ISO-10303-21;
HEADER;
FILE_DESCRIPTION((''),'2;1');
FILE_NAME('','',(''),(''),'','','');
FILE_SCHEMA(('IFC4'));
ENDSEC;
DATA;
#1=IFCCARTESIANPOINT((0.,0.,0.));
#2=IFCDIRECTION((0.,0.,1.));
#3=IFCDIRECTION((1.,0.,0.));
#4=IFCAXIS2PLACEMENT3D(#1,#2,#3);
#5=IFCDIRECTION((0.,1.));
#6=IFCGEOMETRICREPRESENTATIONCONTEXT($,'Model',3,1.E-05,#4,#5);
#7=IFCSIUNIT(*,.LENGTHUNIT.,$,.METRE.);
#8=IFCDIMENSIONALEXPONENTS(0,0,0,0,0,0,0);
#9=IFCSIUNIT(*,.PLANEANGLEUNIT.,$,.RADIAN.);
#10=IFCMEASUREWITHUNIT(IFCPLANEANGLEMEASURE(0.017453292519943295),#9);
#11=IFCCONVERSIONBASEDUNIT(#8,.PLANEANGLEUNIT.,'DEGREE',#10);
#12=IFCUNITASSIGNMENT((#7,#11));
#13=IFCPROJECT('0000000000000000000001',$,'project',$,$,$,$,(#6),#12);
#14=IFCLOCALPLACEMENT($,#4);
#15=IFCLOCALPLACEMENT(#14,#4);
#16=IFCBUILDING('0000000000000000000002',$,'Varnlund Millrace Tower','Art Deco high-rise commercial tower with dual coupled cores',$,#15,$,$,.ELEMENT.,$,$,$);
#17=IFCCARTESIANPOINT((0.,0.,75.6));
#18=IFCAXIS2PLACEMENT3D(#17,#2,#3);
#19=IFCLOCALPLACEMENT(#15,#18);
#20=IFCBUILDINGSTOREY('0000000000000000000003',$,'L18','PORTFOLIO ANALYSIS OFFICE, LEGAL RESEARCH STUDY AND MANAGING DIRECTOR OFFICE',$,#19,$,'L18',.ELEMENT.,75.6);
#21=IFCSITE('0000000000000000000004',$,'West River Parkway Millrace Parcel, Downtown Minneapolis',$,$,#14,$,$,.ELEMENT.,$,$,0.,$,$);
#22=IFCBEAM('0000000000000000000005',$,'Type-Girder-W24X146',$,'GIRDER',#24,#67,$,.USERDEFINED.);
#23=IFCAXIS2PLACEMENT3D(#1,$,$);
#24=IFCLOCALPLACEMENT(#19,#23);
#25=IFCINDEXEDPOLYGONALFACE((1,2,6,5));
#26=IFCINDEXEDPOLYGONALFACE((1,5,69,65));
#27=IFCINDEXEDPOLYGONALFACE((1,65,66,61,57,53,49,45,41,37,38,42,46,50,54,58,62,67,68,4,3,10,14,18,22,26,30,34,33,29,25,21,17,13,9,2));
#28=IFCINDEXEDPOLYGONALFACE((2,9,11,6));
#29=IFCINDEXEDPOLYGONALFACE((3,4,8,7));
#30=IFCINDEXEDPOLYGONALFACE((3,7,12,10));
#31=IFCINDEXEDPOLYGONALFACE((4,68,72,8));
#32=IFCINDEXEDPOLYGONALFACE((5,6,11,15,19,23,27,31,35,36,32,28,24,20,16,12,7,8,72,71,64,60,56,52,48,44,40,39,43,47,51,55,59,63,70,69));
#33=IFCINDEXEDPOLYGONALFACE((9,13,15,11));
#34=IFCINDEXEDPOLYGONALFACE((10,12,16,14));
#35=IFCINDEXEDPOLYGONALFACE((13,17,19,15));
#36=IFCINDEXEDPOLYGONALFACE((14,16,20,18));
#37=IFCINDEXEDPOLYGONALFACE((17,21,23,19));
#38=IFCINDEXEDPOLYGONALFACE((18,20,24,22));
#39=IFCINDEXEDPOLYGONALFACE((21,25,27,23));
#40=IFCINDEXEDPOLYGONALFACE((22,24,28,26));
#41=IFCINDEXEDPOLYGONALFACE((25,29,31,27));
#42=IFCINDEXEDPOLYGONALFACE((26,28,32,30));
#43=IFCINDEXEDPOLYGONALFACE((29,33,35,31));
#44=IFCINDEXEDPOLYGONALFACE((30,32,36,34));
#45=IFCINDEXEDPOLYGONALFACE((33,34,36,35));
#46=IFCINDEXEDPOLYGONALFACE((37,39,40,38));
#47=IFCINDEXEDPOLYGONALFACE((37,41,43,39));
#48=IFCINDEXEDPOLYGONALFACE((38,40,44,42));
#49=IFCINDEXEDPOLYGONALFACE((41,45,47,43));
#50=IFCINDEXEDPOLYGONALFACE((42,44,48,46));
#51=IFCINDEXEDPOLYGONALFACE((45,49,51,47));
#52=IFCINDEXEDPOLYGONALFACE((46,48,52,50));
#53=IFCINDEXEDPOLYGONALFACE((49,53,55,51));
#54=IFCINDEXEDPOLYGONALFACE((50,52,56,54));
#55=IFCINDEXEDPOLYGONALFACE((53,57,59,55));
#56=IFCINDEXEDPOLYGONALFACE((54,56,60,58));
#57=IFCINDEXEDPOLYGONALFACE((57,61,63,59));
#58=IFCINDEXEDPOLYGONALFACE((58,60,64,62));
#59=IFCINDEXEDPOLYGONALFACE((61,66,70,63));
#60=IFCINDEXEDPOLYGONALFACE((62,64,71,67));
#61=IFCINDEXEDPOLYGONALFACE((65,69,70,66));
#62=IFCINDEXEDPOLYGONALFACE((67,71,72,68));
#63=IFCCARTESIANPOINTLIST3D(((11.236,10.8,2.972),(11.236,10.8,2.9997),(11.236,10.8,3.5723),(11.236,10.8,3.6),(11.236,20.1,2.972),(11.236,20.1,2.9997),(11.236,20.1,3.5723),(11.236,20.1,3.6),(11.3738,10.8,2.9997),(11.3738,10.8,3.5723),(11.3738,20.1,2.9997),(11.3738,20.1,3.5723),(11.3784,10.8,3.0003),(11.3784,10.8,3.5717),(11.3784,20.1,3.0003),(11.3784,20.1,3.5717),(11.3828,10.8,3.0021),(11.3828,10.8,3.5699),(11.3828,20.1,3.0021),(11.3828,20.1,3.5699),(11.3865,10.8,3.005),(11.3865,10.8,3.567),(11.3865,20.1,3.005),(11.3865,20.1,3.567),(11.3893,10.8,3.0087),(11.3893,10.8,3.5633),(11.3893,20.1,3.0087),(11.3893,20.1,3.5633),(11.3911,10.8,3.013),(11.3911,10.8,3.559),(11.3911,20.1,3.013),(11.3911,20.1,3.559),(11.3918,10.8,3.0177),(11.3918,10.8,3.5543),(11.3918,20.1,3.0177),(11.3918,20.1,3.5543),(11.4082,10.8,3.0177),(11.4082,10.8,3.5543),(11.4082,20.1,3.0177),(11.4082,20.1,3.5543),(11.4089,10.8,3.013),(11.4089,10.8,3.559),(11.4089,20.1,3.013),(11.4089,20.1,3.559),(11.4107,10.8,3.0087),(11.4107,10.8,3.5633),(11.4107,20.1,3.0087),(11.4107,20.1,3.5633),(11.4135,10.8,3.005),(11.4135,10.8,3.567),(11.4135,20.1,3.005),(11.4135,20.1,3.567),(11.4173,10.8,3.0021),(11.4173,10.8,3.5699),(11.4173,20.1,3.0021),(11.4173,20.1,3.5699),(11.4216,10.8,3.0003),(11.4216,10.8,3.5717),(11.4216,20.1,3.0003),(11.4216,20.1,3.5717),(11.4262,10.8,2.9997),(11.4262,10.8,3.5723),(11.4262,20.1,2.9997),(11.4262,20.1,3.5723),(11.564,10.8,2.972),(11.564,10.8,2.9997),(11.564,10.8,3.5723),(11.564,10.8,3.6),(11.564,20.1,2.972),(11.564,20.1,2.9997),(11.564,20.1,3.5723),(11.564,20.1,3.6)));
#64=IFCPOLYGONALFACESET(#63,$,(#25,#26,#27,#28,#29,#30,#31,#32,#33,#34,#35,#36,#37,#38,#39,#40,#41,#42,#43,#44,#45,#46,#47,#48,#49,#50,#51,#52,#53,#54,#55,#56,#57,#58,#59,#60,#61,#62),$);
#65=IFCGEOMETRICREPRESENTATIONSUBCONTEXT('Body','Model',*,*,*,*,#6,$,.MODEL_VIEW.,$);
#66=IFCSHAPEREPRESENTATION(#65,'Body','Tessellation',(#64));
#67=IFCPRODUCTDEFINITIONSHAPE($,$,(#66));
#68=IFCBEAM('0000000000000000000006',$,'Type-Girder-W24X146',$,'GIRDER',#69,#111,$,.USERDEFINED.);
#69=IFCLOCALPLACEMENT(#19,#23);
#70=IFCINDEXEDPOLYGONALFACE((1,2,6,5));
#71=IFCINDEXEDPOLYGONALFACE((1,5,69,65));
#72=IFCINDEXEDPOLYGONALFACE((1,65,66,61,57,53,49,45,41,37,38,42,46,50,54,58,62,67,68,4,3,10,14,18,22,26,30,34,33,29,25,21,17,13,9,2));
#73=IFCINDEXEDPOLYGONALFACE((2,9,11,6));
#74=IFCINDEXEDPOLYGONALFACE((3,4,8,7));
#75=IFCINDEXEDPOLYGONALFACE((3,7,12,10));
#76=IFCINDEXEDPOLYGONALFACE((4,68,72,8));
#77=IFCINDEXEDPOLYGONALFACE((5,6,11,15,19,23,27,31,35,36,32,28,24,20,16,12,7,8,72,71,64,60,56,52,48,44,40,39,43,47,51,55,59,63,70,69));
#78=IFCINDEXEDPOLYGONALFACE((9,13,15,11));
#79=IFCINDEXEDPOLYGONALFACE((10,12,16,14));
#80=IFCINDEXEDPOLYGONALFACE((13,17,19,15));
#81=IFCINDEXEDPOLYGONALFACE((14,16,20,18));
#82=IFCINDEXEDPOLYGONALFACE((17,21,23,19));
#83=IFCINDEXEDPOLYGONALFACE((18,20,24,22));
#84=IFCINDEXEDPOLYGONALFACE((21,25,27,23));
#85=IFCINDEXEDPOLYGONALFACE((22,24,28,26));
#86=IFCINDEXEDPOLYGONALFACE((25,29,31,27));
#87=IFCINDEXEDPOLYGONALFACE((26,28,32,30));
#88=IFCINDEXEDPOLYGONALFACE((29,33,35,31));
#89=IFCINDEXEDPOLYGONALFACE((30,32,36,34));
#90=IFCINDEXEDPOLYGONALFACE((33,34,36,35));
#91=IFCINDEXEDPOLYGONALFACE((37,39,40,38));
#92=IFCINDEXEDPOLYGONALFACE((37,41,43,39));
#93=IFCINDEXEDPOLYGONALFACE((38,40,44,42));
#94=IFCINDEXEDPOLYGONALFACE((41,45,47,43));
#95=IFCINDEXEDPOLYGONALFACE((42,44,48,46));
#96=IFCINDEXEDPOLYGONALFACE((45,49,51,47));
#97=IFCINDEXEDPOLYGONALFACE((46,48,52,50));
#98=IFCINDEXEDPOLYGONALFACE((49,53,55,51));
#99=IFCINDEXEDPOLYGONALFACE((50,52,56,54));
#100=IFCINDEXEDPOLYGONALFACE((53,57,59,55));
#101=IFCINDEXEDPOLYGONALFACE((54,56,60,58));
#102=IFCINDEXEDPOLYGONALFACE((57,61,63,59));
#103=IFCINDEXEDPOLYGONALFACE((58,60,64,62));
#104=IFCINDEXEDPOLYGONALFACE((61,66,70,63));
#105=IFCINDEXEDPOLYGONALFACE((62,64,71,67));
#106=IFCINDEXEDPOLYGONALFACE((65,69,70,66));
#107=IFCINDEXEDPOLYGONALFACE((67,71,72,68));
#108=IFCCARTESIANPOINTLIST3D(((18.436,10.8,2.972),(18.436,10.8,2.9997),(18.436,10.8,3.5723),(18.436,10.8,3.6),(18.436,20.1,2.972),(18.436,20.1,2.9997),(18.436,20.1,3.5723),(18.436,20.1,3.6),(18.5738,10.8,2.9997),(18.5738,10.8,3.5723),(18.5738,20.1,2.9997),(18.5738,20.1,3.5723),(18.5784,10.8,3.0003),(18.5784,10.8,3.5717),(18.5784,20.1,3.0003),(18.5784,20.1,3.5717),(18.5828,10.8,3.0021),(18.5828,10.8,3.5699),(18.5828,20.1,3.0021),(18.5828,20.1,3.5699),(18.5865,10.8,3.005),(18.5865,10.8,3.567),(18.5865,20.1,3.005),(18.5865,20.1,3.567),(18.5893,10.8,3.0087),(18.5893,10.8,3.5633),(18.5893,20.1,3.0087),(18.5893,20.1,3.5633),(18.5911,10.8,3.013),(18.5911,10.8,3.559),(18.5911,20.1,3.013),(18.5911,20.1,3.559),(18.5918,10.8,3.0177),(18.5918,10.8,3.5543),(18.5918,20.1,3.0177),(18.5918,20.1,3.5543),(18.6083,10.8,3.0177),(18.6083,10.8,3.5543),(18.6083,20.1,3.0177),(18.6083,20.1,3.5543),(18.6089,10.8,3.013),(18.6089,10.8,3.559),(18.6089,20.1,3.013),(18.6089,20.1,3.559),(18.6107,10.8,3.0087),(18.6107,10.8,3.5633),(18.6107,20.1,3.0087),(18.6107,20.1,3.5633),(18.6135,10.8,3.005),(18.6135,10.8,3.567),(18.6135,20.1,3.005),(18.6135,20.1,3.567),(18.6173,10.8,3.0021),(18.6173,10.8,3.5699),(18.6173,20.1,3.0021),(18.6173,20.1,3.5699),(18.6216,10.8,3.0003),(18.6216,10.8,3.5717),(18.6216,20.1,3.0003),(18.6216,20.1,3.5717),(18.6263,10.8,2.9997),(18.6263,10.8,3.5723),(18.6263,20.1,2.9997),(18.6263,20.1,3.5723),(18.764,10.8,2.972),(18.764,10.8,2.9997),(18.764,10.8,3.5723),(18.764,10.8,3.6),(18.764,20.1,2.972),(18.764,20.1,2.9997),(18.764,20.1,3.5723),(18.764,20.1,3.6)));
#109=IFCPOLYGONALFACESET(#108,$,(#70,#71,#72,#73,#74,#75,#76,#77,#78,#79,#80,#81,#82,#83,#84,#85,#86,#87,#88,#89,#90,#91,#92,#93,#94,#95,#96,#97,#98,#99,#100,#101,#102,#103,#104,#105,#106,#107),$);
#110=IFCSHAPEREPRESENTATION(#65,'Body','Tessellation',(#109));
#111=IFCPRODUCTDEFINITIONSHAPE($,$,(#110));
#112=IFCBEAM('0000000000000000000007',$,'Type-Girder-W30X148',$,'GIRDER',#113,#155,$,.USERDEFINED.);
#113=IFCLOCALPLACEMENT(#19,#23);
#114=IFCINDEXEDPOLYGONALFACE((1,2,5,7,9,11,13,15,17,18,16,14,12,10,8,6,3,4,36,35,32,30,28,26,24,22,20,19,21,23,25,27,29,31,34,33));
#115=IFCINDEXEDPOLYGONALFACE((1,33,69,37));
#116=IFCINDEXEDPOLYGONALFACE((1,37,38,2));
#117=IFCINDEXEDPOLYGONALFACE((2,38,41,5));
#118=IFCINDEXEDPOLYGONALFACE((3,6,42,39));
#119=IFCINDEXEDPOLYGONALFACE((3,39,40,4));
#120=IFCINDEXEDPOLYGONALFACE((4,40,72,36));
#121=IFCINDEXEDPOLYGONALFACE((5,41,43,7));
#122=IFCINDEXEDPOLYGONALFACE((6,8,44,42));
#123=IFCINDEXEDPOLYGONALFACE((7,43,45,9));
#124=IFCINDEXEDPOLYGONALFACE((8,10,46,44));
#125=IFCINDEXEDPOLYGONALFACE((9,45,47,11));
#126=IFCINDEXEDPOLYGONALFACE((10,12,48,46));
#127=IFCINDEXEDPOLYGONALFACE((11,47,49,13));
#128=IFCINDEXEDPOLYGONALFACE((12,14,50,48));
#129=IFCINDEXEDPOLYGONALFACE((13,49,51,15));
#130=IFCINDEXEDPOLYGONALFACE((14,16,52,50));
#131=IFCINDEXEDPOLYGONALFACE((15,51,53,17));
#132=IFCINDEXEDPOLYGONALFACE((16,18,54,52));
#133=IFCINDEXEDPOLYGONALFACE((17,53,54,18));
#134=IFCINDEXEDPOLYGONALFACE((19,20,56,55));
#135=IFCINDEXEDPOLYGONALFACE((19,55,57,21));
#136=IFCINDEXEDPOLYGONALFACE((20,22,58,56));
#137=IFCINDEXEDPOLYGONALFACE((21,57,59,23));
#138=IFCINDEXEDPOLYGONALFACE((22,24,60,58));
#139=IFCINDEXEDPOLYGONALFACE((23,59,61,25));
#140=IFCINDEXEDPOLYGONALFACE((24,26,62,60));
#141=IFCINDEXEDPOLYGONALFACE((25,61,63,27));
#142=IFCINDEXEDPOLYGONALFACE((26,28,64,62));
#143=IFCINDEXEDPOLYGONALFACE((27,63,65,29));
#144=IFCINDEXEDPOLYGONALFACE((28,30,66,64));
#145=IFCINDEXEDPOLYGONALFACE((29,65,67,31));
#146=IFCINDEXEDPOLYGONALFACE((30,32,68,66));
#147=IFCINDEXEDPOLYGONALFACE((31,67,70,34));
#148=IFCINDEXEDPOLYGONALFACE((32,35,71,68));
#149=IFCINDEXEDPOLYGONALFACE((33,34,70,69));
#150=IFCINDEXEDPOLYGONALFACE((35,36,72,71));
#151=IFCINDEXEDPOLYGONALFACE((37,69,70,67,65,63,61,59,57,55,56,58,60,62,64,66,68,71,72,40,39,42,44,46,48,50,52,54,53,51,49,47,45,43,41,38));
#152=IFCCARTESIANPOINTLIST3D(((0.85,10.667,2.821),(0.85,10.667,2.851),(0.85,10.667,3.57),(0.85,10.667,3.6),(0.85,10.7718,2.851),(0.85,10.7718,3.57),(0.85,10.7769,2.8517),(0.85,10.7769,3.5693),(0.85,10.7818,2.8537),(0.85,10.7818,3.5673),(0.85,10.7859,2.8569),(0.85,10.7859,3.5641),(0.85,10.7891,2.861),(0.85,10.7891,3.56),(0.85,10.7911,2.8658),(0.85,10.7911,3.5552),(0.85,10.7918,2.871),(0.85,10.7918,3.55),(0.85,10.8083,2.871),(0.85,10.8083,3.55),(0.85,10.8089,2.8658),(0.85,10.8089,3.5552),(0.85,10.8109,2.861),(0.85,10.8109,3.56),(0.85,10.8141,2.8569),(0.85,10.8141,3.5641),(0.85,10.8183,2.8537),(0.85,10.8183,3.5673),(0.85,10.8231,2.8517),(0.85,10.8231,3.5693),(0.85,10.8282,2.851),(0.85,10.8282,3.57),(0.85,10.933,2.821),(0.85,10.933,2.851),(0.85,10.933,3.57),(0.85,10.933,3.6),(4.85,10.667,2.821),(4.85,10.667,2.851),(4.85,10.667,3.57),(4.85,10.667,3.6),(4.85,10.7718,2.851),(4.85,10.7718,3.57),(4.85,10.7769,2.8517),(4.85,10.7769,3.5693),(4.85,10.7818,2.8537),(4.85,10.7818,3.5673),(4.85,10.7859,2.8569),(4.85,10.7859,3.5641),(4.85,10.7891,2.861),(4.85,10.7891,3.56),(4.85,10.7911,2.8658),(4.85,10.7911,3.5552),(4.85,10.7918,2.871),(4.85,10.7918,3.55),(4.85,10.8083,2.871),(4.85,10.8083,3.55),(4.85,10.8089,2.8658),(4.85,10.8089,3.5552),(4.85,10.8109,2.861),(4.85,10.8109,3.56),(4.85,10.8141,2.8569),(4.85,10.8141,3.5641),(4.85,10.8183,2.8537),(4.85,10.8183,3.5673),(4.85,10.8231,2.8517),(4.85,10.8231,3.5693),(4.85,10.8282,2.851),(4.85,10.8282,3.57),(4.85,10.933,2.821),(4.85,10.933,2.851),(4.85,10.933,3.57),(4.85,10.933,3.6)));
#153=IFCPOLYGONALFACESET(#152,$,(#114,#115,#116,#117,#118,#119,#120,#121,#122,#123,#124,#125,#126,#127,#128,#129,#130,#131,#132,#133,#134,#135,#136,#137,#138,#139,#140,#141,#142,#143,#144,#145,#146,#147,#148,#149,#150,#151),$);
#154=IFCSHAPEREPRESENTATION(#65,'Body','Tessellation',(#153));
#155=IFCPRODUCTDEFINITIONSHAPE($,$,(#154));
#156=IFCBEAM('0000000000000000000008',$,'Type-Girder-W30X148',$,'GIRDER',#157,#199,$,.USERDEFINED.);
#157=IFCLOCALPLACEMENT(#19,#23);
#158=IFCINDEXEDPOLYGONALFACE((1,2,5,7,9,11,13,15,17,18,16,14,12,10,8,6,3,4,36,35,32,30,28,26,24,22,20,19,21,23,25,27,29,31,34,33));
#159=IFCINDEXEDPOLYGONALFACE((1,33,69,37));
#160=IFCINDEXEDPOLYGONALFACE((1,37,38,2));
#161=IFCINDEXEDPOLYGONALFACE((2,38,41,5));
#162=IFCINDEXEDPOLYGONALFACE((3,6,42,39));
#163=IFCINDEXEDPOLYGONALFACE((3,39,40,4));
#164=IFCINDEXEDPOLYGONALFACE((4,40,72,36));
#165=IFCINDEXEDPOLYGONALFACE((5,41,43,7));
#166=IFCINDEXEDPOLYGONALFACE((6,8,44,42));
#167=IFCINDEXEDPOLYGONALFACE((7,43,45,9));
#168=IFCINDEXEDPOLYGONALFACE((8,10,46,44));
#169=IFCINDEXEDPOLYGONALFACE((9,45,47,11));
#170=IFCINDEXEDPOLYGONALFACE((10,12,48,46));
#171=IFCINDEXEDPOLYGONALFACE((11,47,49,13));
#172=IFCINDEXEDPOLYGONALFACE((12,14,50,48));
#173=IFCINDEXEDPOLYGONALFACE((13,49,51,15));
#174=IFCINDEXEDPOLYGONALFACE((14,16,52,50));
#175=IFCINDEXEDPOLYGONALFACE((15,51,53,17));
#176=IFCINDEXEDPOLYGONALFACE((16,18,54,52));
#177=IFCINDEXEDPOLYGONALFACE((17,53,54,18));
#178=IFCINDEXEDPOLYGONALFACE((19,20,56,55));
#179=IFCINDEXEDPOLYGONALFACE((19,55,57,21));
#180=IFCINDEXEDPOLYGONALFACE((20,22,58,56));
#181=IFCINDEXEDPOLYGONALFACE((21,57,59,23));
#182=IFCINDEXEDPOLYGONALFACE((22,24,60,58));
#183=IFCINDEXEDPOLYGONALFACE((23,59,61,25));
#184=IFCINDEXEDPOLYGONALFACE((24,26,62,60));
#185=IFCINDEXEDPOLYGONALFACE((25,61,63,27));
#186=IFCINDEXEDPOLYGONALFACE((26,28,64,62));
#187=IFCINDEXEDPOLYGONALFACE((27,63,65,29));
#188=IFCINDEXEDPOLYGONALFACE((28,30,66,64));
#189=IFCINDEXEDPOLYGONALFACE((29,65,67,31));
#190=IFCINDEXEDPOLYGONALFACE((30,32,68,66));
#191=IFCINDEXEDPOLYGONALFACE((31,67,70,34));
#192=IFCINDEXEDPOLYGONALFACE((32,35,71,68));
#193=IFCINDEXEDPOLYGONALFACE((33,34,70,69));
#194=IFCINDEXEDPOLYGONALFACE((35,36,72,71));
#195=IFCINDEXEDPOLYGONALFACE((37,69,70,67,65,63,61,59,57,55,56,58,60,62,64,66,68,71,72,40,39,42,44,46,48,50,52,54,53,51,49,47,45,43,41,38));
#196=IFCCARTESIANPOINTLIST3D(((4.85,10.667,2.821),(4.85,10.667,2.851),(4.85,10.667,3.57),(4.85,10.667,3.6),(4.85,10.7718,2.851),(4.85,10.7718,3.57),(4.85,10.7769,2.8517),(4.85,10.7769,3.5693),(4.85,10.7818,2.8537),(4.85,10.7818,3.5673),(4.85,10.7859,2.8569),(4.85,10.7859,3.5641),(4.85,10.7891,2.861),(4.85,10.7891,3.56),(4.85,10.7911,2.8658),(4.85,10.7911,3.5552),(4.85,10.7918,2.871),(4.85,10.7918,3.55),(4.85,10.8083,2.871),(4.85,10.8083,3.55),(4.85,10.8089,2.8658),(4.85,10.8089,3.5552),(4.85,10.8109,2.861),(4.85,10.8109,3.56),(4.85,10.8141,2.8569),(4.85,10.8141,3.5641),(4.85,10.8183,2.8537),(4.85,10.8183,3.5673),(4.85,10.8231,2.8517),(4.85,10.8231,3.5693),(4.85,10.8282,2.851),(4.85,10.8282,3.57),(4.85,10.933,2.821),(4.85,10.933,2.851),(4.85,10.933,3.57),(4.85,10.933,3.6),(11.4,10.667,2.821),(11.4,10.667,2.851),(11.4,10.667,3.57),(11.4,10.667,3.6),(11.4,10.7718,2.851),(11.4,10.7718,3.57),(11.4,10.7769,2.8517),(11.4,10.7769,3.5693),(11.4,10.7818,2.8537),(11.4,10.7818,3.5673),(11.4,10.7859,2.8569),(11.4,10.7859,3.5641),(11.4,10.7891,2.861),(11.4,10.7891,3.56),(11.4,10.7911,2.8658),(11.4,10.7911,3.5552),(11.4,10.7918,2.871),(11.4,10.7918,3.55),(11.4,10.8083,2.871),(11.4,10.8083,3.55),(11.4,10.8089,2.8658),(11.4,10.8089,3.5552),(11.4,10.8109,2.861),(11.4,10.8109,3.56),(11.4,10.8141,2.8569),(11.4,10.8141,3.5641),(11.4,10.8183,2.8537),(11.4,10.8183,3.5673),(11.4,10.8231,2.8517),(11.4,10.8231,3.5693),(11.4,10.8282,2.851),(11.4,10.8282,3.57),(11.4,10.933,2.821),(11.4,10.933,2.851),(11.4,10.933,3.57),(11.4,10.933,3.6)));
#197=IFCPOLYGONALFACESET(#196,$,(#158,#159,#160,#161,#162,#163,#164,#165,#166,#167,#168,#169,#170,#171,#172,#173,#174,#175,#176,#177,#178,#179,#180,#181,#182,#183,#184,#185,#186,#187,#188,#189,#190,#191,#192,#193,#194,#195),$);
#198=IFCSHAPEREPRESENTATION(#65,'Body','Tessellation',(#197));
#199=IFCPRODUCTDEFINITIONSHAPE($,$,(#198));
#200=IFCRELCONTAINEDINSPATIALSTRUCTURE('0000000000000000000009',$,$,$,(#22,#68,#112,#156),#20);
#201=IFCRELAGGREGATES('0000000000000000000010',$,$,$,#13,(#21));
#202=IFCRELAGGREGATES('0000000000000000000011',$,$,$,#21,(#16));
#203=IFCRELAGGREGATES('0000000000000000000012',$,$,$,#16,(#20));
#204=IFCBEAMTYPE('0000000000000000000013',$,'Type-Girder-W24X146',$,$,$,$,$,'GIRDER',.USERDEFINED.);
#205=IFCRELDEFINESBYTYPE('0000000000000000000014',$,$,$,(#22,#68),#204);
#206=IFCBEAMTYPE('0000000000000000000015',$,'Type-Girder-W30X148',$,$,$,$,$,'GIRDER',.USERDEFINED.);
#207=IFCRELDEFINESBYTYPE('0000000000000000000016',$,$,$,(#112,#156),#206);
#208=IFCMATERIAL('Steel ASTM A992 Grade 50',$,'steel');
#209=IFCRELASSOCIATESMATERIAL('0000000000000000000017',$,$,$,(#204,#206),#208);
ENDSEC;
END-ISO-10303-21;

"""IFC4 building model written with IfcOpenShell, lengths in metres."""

from ifc_helpers import new_model, entity, si_unit, converted_unit, direction, frame, origin_with_axes, origin_2d_with_axis, place, context, subcontext, project, spatial, i_section, extrude, material, material_profile, profile_set, type_object, element, save


model = new_model("IFC4")

# Units and contexts
model_context = context("Model", 3, precision=1e-05, world=origin_with_axes(), true_north=direction((0.0, 1.0)))
body_context = subcontext(model_context, "Body", "Model", "MODEL_VIEW")
ifc_project = project(units=[si_unit("LENGTHUNIT", "METRE"), converted_unit("PLANEANGLEUNIT", "DEGREE", entity("IfcPlaneAngleMeasure", 0.017453292519943295), si_unit("PLANEANGLEUNIT", "RADIAN"), dimensions=[0, 0, 0, 0, 0, 0, 0])], contexts=[model_context])

# Site, building, storey
site_placement = place(None, origin_with_axes())
site = spatial("IfcSite", under=ifc_project, at=site_placement, Name="West River Parkway Millrace Parcel, Downtown Minneapolis", CompositionType="ELEMENT", RefElevation=0.0)
building_placement = place(site_placement, origin_with_axes())
building = spatial("IfcBuilding", under=site, at=building_placement, Name="Varnlund Millrace Tower", Description="Art Deco high-rise commercial tower with dual coupled cores", CompositionType="ELEMENT")
storey_placement = place(building_placement, frame((0.0, 0.0, 75.6), z_axis=(0.0, 0.0, 1.0), x_axis=(1.0, 0.0, 0.0)))
storey = spatial("IfcBuildingStorey", under=building, at=storey_placement, Name="L18", Description="PORTFOLIO ANALYSIS OFFICE, LEGAL RESEARCH STUDY AND MANAGING DIRECTOR OFFICE", LongName="L18", CompositionType="ELEMENT", Elevation=75.6)

# Beams
ifc_material_1 = material(Name="Steel ASTM A992 Grade 50", Category="steel")
ifc_material_profile_1 = material_profile(ifc_material_1, i_section(OverallWidth=0.328, OverallDepth=0.628, WebThickness=0.0165, FlangeThickness=0.0277, FilletRadius=0.018, at=origin_2d_with_axis()), Name="Steel ASTM A992 Grade 50")
ifc_profile_set_1 = profile_set([ifc_material_profile_1], Name="Steel ASTM A992 Grade 50")
beam_type_1 = type_object("IfcBeamType", Name="Type-Girder-W24X146", ElementType="GIRDER", PredefinedType="USERDEFINED", material=ifc_profile_set_1)
for number, where, z_axis, x_axis, name in (
    (1, (11.4, 10.8, 3.286), (0.0, 1.0, 0.0), (-1.0, 0.0, 0.0), "Type-Girder-W24X146"),
    (2, (18.6, 10.8, 3.286), (0.0, 1.0, 0.0), (-1.0, 0.0, 0.0), "Type-Girder-W24X146"),
):
    element("IfcBeam", number, at=place(storey_placement, frame(where, z_axis=z_axis, x_axis=x_axis)), inside=storey, type_object=beam_type_1, Name=name, ObjectType="GIRDER", PredefinedType="USERDEFINED", context=body_context, shape_type="SweptSolid", body=[
        extrude(i_section(OverallWidth=0.328, OverallDepth=0.628, WebThickness=0.0165, FlangeThickness=0.0277, FilletRadius=0.018, at=origin_2d_with_axis()), origin_with_axes(), (0.0, 0.0, 1.0), 9.3),
    ])
ifc_material_profile_2 = material_profile(ifc_material_1, i_section(OverallWidth=0.266, OverallDepth=0.779, WebThickness=0.0165, FlangeThickness=0.03, FilletRadius=0.02, at=origin_2d_with_axis()), Name="Steel ASTM A992 Grade 50")
ifc_profile_set_2 = profile_set([ifc_material_profile_2], Name="Steel ASTM A992 Grade 50")
beam_type_2 = type_object("IfcBeamType", Name="Type-Girder-W30X148", ElementType="GIRDER", PredefinedType="USERDEFINED", material=ifc_profile_set_2)
beam_1_placement = place(storey_placement, frame((0.85, 10.8, 3.2105), z_axis=(1.0, 0.0, 0.0), x_axis=(0.0, 1.0, 0.0)))
element("IfcBeam", 3, at=beam_1_placement, inside=storey, type_object=beam_type_2, Name="Type-Girder-W30X148", ObjectType="GIRDER", PredefinedType="USERDEFINED", context=body_context, shape_type="SweptSolid", body=[
    extrude(i_section(OverallWidth=0.266, OverallDepth=0.779, WebThickness=0.0165, FlangeThickness=0.03, FilletRadius=0.02, at=origin_2d_with_axis()), origin_with_axes(), (0.0, 0.0, 1.0), 4.0),
])
beam_2_placement = place(storey_placement, frame((4.85, 10.8, 3.2105), z_axis=(1.0, 0.0, 0.0), x_axis=(0.0, 1.0, 0.0)))
element("IfcBeam", 4, at=beam_2_placement, inside=storey, type_object=beam_type_2, Name="Type-Girder-W30X148", ObjectType="GIRDER", PredefinedType="USERDEFINED", context=body_context, shape_type="SweptSolid", body=[
    extrude(i_section(OverallWidth=0.266, OverallDepth=0.779, WebThickness=0.0165, FlangeThickness=0.03, FilletRadius=0.02, at=origin_2d_with_axis()), origin_with_axes(), (0.0, 0.0, 1.0), 6.55),
])

save(model, "model.ifc")
